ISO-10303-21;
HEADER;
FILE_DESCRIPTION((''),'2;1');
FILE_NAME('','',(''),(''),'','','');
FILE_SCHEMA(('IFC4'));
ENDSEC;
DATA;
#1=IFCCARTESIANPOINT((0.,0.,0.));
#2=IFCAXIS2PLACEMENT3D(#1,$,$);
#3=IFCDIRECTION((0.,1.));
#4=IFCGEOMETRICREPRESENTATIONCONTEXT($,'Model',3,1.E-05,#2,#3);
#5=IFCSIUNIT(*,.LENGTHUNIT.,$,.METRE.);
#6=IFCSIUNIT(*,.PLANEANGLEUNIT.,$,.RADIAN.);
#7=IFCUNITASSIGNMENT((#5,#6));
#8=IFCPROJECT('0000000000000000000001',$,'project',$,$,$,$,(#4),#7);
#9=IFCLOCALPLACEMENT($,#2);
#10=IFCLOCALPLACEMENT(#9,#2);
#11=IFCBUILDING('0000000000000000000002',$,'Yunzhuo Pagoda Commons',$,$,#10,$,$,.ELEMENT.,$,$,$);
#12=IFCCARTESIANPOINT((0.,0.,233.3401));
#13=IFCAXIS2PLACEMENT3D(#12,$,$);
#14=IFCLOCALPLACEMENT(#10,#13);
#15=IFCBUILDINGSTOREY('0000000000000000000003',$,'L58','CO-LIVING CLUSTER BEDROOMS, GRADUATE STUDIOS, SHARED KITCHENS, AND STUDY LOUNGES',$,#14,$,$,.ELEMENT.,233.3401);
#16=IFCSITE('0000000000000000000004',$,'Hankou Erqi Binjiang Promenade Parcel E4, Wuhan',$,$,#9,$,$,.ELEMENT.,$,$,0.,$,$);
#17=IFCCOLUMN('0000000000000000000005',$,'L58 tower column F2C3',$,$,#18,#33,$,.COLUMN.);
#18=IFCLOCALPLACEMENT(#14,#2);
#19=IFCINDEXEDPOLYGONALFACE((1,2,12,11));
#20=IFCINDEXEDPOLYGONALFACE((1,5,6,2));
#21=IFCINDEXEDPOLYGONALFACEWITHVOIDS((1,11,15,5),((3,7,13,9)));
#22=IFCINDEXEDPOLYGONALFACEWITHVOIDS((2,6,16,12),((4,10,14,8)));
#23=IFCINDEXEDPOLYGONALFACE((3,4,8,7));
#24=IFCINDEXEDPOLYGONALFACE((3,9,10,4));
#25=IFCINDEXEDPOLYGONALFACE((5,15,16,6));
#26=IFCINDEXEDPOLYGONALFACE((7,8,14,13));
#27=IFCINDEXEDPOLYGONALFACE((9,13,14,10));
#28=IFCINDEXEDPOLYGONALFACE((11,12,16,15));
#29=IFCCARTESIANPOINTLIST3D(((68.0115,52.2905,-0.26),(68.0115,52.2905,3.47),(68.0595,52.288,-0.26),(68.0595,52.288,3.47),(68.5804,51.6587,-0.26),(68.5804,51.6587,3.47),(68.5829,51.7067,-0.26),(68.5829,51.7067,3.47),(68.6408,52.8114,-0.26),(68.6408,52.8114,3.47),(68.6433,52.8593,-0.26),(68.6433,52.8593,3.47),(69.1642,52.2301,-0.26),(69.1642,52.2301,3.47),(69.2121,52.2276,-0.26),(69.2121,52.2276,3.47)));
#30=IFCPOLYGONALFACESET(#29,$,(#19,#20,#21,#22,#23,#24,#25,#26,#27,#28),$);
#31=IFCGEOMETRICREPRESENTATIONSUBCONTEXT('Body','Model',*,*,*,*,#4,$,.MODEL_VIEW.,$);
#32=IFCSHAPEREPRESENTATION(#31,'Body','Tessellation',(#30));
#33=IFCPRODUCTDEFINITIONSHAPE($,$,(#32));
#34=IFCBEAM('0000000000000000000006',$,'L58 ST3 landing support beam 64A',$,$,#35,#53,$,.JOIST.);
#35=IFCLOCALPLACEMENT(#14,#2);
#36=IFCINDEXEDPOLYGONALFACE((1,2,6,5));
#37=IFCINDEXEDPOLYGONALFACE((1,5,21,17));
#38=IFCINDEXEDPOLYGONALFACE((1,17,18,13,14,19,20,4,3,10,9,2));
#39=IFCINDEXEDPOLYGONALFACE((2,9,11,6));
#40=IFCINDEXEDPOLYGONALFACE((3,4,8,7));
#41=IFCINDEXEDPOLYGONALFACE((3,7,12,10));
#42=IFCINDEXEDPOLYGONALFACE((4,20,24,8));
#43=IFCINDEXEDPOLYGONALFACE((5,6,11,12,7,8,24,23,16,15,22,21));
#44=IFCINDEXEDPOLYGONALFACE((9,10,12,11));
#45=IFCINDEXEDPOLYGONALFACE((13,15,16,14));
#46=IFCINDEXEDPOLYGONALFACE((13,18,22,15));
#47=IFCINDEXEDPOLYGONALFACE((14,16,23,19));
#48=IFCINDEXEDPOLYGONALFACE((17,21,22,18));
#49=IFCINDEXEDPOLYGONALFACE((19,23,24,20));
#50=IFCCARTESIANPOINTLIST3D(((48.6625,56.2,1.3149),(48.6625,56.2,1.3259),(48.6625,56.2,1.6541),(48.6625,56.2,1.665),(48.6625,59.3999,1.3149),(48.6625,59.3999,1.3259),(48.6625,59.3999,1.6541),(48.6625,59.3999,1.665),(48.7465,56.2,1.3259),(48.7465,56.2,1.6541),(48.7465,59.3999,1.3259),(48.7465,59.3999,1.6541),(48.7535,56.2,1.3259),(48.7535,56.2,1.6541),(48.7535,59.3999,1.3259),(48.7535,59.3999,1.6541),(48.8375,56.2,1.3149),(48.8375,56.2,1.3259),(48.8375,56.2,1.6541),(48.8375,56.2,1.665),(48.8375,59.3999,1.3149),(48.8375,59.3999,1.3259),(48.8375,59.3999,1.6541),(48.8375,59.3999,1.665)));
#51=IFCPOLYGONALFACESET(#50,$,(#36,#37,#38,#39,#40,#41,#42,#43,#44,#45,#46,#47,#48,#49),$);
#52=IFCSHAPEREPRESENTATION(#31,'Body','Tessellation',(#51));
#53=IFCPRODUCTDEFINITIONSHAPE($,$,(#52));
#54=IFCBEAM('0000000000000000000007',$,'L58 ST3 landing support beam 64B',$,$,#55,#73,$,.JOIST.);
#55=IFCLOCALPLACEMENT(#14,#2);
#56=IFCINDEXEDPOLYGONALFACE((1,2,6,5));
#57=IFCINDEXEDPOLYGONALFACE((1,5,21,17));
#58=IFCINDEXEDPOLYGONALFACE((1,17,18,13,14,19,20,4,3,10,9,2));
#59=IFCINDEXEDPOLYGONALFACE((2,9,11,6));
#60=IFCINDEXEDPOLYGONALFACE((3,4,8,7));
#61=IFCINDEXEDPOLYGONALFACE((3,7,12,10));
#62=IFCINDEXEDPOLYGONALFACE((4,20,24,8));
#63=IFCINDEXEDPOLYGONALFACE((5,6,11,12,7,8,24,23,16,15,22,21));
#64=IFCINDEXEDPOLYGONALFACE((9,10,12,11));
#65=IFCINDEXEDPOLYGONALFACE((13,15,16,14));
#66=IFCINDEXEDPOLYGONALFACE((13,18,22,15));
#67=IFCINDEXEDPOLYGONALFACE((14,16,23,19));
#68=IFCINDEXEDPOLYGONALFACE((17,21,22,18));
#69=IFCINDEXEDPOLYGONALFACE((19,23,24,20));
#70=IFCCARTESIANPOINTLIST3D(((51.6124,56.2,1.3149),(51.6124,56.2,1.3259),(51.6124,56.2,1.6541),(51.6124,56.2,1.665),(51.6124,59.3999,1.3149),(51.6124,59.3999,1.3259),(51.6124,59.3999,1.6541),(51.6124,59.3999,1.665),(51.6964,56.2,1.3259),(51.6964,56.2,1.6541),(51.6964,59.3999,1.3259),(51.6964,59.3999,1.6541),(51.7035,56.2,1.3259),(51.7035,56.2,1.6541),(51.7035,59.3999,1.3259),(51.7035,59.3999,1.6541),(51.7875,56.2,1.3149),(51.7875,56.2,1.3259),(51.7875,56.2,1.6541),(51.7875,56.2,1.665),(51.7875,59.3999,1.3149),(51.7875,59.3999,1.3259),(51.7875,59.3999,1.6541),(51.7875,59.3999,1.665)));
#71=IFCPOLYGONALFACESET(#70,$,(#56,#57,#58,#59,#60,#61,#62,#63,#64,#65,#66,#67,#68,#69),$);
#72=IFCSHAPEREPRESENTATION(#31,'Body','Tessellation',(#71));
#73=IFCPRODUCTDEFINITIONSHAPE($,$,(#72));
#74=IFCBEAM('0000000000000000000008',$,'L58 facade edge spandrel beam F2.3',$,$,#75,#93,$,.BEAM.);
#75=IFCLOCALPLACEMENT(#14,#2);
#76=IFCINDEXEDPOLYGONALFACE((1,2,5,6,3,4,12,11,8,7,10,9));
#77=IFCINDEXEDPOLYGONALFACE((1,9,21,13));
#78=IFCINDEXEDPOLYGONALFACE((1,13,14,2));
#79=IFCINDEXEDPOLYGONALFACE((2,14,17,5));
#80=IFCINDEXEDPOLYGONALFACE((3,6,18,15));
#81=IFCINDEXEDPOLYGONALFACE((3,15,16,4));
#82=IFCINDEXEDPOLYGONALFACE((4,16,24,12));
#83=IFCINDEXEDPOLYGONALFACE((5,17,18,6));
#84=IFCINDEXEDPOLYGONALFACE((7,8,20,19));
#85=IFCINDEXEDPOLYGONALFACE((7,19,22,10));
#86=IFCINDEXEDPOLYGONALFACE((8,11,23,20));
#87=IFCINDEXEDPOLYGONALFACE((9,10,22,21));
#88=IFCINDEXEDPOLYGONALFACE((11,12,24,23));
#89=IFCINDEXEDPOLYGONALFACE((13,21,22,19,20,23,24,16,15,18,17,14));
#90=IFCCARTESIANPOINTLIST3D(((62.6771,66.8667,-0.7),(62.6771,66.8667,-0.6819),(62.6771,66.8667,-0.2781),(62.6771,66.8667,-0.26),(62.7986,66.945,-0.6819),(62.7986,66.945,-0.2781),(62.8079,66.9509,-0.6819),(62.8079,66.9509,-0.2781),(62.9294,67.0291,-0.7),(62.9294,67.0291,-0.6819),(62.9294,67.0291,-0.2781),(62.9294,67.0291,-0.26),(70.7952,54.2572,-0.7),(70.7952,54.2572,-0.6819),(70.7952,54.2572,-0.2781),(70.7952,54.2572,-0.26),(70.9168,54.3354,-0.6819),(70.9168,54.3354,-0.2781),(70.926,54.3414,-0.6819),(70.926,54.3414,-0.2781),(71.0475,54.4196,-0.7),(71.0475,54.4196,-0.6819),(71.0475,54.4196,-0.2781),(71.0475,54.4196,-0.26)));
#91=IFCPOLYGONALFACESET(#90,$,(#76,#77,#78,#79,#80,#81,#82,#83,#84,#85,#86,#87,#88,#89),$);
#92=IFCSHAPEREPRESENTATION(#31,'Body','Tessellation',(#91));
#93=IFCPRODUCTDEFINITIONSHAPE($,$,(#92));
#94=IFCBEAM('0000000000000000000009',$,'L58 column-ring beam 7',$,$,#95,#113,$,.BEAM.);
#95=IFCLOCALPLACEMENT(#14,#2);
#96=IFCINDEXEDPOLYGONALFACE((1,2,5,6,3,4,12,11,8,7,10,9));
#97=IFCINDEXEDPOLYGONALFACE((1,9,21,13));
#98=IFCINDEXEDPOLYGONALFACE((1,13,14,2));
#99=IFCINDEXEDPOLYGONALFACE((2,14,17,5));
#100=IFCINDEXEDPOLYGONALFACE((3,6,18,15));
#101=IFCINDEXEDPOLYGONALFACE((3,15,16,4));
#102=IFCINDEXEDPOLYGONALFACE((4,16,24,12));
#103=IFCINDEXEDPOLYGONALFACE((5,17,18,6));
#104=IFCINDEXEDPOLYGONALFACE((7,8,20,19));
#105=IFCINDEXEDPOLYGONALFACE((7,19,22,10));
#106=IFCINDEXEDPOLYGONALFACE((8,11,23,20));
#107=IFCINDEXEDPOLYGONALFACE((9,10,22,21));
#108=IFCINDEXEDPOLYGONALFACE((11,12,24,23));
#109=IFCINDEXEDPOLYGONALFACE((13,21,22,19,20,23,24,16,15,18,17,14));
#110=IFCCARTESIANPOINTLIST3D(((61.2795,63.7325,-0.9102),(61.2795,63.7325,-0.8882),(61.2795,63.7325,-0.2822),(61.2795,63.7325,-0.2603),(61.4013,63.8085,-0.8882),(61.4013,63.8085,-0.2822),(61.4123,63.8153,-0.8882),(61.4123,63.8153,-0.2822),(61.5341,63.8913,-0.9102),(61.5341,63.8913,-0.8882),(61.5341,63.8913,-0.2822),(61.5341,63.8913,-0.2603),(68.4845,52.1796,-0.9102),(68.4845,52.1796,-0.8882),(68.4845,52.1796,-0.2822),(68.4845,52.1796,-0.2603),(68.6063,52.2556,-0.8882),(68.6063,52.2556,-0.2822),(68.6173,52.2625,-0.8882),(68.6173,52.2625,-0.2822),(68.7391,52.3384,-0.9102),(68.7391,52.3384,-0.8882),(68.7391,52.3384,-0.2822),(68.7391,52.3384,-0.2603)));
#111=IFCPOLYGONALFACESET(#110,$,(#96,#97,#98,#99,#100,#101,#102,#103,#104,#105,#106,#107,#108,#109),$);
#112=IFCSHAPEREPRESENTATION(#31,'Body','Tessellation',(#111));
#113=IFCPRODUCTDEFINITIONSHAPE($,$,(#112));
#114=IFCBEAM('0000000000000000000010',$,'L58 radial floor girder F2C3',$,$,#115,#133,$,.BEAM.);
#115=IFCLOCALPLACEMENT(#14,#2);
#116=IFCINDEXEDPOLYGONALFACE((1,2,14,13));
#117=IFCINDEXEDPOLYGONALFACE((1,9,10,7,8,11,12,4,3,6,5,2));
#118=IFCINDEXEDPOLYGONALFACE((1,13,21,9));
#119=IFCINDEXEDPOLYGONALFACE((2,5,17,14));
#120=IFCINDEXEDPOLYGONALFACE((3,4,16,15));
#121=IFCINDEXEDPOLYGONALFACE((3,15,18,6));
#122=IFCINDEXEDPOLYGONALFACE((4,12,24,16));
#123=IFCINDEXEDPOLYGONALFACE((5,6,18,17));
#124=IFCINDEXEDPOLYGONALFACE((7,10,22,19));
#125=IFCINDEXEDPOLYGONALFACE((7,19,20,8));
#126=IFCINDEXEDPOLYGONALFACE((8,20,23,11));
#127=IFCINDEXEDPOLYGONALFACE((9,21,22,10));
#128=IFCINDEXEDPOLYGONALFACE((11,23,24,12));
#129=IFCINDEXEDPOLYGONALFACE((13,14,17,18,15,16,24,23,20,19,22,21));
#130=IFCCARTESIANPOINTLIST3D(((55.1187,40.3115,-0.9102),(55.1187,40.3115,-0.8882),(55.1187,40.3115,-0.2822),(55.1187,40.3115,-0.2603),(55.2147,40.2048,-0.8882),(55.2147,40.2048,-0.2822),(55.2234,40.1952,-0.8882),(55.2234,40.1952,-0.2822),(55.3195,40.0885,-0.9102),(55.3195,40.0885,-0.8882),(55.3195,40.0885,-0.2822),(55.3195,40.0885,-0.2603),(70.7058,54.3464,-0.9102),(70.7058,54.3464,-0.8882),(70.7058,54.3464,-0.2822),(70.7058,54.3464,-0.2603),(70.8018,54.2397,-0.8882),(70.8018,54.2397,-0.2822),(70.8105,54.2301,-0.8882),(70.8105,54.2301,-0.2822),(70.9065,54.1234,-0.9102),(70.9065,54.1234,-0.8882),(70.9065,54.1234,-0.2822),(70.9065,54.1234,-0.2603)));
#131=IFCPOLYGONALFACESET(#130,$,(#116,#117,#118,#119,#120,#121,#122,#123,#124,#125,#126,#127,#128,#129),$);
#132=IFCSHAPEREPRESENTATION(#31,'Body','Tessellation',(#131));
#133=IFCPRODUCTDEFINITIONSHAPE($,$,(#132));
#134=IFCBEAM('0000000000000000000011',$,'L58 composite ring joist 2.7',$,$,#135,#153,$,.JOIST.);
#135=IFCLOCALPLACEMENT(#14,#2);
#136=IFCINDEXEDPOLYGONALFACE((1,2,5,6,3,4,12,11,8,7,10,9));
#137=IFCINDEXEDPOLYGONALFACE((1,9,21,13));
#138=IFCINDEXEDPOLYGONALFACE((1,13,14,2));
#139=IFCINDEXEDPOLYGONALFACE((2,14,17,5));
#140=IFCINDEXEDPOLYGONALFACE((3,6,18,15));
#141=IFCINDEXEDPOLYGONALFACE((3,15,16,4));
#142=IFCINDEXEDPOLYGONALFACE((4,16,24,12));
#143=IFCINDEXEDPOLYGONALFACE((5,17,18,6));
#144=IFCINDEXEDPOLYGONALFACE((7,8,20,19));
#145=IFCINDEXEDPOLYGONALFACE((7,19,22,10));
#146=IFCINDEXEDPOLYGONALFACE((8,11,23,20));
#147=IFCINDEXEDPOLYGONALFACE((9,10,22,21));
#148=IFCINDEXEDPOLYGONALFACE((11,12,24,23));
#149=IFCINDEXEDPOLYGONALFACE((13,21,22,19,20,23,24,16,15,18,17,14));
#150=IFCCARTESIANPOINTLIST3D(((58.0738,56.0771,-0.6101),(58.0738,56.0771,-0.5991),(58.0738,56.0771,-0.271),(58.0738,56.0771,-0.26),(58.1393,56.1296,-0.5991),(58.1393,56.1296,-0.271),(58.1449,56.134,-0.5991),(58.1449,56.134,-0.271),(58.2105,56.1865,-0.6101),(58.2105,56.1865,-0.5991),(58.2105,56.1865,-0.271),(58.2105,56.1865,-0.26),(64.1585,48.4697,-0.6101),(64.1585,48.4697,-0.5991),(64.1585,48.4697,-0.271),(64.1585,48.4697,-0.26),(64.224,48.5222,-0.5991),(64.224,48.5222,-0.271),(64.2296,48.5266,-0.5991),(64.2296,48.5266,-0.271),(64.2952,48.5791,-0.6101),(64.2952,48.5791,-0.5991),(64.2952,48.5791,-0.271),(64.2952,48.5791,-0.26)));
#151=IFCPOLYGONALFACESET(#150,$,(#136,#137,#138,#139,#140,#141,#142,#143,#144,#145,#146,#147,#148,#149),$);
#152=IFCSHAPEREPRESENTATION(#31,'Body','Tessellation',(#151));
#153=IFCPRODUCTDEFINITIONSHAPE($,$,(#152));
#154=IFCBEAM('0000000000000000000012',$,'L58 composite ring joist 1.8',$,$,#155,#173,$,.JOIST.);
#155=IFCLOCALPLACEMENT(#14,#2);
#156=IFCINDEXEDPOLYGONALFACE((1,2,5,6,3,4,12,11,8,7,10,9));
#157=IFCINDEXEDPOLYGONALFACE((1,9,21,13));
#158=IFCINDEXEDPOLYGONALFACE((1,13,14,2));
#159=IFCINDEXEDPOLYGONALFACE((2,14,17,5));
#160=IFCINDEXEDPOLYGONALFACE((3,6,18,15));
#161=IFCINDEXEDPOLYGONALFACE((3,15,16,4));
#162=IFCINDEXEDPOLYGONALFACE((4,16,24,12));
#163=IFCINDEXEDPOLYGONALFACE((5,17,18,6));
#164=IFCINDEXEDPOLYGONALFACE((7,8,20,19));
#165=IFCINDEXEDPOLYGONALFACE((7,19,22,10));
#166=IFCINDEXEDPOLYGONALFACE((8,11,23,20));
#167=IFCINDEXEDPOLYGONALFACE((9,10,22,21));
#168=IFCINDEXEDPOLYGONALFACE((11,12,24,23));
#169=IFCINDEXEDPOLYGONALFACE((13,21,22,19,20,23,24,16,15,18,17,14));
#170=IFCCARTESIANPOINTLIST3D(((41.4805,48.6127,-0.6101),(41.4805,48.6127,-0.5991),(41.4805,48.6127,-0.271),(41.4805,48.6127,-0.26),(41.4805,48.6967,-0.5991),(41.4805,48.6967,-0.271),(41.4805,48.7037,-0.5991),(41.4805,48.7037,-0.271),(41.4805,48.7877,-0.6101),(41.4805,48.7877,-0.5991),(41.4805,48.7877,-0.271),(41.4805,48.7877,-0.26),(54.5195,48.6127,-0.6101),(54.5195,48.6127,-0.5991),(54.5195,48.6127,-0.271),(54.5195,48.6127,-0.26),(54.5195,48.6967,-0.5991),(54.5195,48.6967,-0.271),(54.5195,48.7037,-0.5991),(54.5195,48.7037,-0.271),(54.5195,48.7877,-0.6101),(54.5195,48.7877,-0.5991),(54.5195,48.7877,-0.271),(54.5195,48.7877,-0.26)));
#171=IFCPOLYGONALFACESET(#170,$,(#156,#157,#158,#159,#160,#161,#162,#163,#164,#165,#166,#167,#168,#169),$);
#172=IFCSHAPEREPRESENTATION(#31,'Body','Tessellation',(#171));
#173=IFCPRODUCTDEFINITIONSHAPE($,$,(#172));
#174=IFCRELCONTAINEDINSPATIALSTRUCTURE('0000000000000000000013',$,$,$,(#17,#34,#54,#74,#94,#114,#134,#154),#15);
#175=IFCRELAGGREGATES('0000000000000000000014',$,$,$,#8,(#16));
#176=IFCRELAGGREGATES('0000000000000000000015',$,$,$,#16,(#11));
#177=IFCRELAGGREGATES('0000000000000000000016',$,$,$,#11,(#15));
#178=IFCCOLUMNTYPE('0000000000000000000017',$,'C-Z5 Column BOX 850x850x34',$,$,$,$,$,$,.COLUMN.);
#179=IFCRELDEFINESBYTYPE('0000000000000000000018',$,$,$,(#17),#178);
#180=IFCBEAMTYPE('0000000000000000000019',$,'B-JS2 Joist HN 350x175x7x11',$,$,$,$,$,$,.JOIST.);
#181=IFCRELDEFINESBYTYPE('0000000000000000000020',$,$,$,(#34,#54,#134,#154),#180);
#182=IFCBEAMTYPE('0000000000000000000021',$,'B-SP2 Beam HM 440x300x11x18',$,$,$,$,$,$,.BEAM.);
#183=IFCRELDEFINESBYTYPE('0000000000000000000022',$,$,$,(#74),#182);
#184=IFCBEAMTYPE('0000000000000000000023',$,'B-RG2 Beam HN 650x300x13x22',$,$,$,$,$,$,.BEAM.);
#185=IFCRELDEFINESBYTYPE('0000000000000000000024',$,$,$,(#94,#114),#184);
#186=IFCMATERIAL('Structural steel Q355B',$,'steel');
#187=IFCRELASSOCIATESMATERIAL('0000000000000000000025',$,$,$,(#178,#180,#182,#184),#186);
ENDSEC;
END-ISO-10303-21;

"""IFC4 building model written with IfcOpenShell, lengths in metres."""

from ifc_helpers import new_model, si_unit, direction, frame, origin, origin_2d, place, context, subcontext, project, spatial, hollow_rectangle, i_section, extrude, source, transform, mapped, material, material_profile, profile_set, type_object, element, save


model = new_model("IFC4")

# Units and contexts
model_context = context("Model", 3, precision=1e-05, world=origin(), true_north=direction((0.0, 1.0)))
body_context = subcontext(model_context, "Body", "Model", "MODEL_VIEW")
ifc_project = project(units=[si_unit("LENGTHUNIT", "METRE"), si_unit("PLANEANGLEUNIT", "RADIAN")], contexts=[model_context])

# Site, building, storey
site_placement = place(None, origin())
site = spatial("IfcSite", under=ifc_project, at=site_placement, Name="Hankou Erqi Binjiang Promenade Parcel E4, Wuhan", CompositionType="ELEMENT", RefElevation=0.0)
building_placement = place(site_placement, origin())
building = spatial("IfcBuilding", under=site, at=building_placement, Name="Yunzhuo Pagoda Commons", CompositionType="ELEMENT")
storey_placement = place(building_placement, frame((0.0, 0.0, 233.3401)))
storey = spatial("IfcBuildingStorey", under=building, at=storey_placement, Name="L58", Description="CO-LIVING CLUSTER BEDROOMS, GRADUATE STUDIOS, SHARED KITCHENS, AND STUDY LOUNGES", CompositionType="ELEMENT", Elevation=233.3401)

# Column
ifc_material_1 = material(Name="Structural steel Q355B", Category="steel")
ifc_material_profile_1 = material_profile(ifc_material_1, hollow_rectangle(XDim=0.8501, YDim=0.8501, WallThickness=0.0339, at=origin_2d()), Name="Structural steel Q355B")
ifc_profile_set_1 = profile_set([ifc_material_profile_1], Name="Structural steel Q355B")
column_type = type_object("IfcColumnType", Name="C-Z5 Column BOX 850x850x34", PredefinedType="COLUMN", material=ifc_profile_set_1)
shared_shape_1 = source(origin(), body_context, "Body", "SweptSolid", [
    extrude(hollow_rectangle(XDim=0.8501, YDim=0.8501, WallThickness=0.0339, at=origin_2d()), origin(), (0.0, 0.0, 1.0), 3.73),
])
column_placement = place(storey_placement, frame((68.6118, 52.259, -0.26), z_axis=(0.0, 0.0, 1.0), x_axis=(-0.669131, 0.743145, 0.0)))
element("IfcColumn", 1, at=column_placement, inside=storey, type_object=column_type, Name="L58 tower column F2C3", PredefinedType="COLUMN", context=body_context, shape_type="MappedRepresentation", body=[
    mapped(shared_shape_1, transform((0.0, 0.0, 0.0), scale=1.0)),
])

# Beams
ifc_material_profile_2 = material_profile(ifc_material_1, i_section(OverallWidth=0.175, OverallDepth=0.3501, WebThickness=0.0071, FlangeThickness=0.011, at=origin_2d()), Name="Structural steel Q355B")
ifc_profile_set_2 = profile_set([ifc_material_profile_2], Name="Structural steel Q355B")
beam_type_1 = type_object("IfcBeamType", Name="B-JS2 Joist HN 350x175x7x11", PredefinedType="JOIST", material=ifc_profile_set_2)
shared_shape_2 = source(origin(), body_context, "Body", "SweptSolid", [
    extrude(i_section(OverallWidth=0.175, OverallDepth=0.3501, WebThickness=0.0071, FlangeThickness=0.011, at=origin_2d()), origin(), (0.0, 0.0, 1.0), 3.2),
])
for number, where, z_axis, x_axis, name in (
    (2, (48.75, 56.2, 1.49), (0.0, 1.0, 0.0), (-1.0, 0.0, 0.0), "L58 ST3 landing support beam 64A"),
    (3, (51.7, 56.2, 1.49), (0.0, 1.0, 0.0), (-1.0, 0.0, 0.0), "L58 ST3 landing support beam 64B"),
):
    element("IfcBeam", number, at=place(storey_placement, frame(where, z_axis=z_axis, x_axis=x_axis)), inside=storey, type_object=beam_type_1, Name=name, PredefinedType="JOIST", context=body_context, shape_type="MappedRepresentation", body=[
        mapped(shared_shape_2, transform((0.0, 0.0, 0.0), scale=1.0)),
    ])
ifc_material_profile_3 = material_profile(ifc_material_1, i_section(OverallWidth=0.3, OverallDepth=0.4399, WebThickness=0.011, FlangeThickness=0.0181, at=origin_2d()), Name="Structural steel Q355B")
ifc_profile_set_3 = profile_set([ifc_material_profile_3], Name="Structural steel Q355B")
beam_type_2 = type_object("IfcBeamType", Name="B-SP2 Beam HM 440x300x11x18", PredefinedType="BEAM", material=ifc_profile_set_3)
shared_shape_3 = source(origin(), body_context, "Body", "SweptSolid", [
    extrude(i_section(OverallWidth=0.3, OverallDepth=0.4399, WebThickness=0.011, FlangeThickness=0.0181, at=origin_2d()), origin(), (0.0, 0.0, 1.0), 14.9968),
])
beam_1_placement = place(storey_placement, frame((70.9214, 54.3384, -0.48), z_axis=(-0.541323, 0.840815, 0.0), x_axis=(-0.840815, -0.541323, 0.0)))
element("IfcBeam", 4, at=beam_1_placement, inside=storey, type_object=beam_type_2, Name="L58 facade edge spandrel beam F2.3", PredefinedType="BEAM", context=body_context, shape_type="MappedRepresentation", body=[
    mapped(shared_shape_3, transform((0.0, 0.0, 0.0), scale=1.0)),
])
ifc_material_profile_4 = material_profile(ifc_material_1, i_section(OverallWidth=0.3, OverallDepth=0.6499, WebThickness=0.0129, FlangeThickness=0.022, at=origin_2d()), Name="Structural steel Q355B")
ifc_profile_set_4 = profile_set([ifc_material_profile_4], Name="Structural steel Q355B")
beam_type_3 = type_object("IfcBeamType", Name="B-RG2 Beam HN 650x300x13x22", PredefinedType="BEAM", material=ifc_profile_set_4)
shared_shape_4 = source(origin(), body_context, "Body", "SweptSolid", [
    extrude(i_section(OverallWidth=0.3, OverallDepth=0.6499, WebThickness=0.0129, FlangeThickness=0.022, at=origin_2d()), origin(), (0.0, 0.0, 1.0), 13.6155),
])
beam_2_placement = place(storey_placement, frame((68.6118, 52.259, -0.5852), z_axis=(-0.529178, 0.848511, 0.0), x_axis=(-0.848511, -0.529178, 0.0)))
element("IfcBeam", 5, at=beam_2_placement, inside=storey, type_object=beam_type_3, Name="L58 column-ring beam 7", PredefinedType="BEAM", context=body_context, shape_type="MappedRepresentation", body=[
    mapped(shared_shape_4, transform((0.0, 0.0, 0.0), scale=1.0)),
])
shared_shape_5 = source(origin(), body_context, "Body", "SweptSolid", [
    extrude(i_section(OverallWidth=0.3, OverallDepth=0.6499, WebThickness=0.0129, FlangeThickness=0.022, at=origin_2d()), origin(), (0.0, 0.0, 1.0), 20.9746),
])
beam_3_placement = place(storey_placement, frame((70.8062, 54.2349, -0.5852), z_axis=(-0.743141, -0.669135, 0.0), x_axis=(0.669135, -0.743141, 0.0)))
element("IfcBeam", 6, at=beam_3_placement, inside=storey, type_object=beam_type_3, Name="L58 radial floor girder F2C3", PredefinedType="BEAM", context=body_context, shape_type="MappedRepresentation", body=[
    mapped(shared_shape_5, transform((0.0, 0.0, 0.0), scale=1.0)),
])
shared_shape_6 = source(origin(), body_context, "Body", "SweptSolid", [
    extrude(i_section(OverallWidth=0.175, OverallDepth=0.3501, WebThickness=0.0071, FlangeThickness=0.011, at=origin_2d()), origin(), (0.0, 0.0, 1.0), 9.7415),
])
beam_4_placement = place(storey_placement, frame((64.2268, 48.5244, -0.4351), z_axis=(-0.624619, 0.78093, 0.0), x_axis=(-0.78093, -0.624619, 0.0)))
element("IfcBeam", 7, at=beam_4_placement, inside=storey, type_object=beam_type_1, Name="L58 composite ring joist 2.7", PredefinedType="JOIST", context=body_context, shape_type="MappedRepresentation", body=[
    mapped(shared_shape_6, transform((0.0, 0.0, 0.0), scale=1.0)),
])
shared_shape_7 = source(origin(), body_context, "Body", "SweptSolid", [
    extrude(i_section(OverallWidth=0.175, OverallDepth=0.3501, WebThickness=0.0071, FlangeThickness=0.011, at=origin_2d()), origin(), (0.0, 0.0, 1.0), 13.0391),
])
beam_5_placement = place(storey_placement, frame((54.5195, 48.7002, -0.4351), z_axis=(-1.0, 0.0, 0.0), x_axis=(0.0, -1.0, 0.0)))
element("IfcBeam", 8, at=beam_5_placement, inside=storey, type_object=beam_type_1, Name="L58 composite ring joist 1.8", PredefinedType="JOIST", context=body_context, shape_type="MappedRepresentation", body=[
    mapped(shared_shape_7, transform((0.0, 0.0, 0.0), scale=1.0)),
])

save(model, "model.ifc")
